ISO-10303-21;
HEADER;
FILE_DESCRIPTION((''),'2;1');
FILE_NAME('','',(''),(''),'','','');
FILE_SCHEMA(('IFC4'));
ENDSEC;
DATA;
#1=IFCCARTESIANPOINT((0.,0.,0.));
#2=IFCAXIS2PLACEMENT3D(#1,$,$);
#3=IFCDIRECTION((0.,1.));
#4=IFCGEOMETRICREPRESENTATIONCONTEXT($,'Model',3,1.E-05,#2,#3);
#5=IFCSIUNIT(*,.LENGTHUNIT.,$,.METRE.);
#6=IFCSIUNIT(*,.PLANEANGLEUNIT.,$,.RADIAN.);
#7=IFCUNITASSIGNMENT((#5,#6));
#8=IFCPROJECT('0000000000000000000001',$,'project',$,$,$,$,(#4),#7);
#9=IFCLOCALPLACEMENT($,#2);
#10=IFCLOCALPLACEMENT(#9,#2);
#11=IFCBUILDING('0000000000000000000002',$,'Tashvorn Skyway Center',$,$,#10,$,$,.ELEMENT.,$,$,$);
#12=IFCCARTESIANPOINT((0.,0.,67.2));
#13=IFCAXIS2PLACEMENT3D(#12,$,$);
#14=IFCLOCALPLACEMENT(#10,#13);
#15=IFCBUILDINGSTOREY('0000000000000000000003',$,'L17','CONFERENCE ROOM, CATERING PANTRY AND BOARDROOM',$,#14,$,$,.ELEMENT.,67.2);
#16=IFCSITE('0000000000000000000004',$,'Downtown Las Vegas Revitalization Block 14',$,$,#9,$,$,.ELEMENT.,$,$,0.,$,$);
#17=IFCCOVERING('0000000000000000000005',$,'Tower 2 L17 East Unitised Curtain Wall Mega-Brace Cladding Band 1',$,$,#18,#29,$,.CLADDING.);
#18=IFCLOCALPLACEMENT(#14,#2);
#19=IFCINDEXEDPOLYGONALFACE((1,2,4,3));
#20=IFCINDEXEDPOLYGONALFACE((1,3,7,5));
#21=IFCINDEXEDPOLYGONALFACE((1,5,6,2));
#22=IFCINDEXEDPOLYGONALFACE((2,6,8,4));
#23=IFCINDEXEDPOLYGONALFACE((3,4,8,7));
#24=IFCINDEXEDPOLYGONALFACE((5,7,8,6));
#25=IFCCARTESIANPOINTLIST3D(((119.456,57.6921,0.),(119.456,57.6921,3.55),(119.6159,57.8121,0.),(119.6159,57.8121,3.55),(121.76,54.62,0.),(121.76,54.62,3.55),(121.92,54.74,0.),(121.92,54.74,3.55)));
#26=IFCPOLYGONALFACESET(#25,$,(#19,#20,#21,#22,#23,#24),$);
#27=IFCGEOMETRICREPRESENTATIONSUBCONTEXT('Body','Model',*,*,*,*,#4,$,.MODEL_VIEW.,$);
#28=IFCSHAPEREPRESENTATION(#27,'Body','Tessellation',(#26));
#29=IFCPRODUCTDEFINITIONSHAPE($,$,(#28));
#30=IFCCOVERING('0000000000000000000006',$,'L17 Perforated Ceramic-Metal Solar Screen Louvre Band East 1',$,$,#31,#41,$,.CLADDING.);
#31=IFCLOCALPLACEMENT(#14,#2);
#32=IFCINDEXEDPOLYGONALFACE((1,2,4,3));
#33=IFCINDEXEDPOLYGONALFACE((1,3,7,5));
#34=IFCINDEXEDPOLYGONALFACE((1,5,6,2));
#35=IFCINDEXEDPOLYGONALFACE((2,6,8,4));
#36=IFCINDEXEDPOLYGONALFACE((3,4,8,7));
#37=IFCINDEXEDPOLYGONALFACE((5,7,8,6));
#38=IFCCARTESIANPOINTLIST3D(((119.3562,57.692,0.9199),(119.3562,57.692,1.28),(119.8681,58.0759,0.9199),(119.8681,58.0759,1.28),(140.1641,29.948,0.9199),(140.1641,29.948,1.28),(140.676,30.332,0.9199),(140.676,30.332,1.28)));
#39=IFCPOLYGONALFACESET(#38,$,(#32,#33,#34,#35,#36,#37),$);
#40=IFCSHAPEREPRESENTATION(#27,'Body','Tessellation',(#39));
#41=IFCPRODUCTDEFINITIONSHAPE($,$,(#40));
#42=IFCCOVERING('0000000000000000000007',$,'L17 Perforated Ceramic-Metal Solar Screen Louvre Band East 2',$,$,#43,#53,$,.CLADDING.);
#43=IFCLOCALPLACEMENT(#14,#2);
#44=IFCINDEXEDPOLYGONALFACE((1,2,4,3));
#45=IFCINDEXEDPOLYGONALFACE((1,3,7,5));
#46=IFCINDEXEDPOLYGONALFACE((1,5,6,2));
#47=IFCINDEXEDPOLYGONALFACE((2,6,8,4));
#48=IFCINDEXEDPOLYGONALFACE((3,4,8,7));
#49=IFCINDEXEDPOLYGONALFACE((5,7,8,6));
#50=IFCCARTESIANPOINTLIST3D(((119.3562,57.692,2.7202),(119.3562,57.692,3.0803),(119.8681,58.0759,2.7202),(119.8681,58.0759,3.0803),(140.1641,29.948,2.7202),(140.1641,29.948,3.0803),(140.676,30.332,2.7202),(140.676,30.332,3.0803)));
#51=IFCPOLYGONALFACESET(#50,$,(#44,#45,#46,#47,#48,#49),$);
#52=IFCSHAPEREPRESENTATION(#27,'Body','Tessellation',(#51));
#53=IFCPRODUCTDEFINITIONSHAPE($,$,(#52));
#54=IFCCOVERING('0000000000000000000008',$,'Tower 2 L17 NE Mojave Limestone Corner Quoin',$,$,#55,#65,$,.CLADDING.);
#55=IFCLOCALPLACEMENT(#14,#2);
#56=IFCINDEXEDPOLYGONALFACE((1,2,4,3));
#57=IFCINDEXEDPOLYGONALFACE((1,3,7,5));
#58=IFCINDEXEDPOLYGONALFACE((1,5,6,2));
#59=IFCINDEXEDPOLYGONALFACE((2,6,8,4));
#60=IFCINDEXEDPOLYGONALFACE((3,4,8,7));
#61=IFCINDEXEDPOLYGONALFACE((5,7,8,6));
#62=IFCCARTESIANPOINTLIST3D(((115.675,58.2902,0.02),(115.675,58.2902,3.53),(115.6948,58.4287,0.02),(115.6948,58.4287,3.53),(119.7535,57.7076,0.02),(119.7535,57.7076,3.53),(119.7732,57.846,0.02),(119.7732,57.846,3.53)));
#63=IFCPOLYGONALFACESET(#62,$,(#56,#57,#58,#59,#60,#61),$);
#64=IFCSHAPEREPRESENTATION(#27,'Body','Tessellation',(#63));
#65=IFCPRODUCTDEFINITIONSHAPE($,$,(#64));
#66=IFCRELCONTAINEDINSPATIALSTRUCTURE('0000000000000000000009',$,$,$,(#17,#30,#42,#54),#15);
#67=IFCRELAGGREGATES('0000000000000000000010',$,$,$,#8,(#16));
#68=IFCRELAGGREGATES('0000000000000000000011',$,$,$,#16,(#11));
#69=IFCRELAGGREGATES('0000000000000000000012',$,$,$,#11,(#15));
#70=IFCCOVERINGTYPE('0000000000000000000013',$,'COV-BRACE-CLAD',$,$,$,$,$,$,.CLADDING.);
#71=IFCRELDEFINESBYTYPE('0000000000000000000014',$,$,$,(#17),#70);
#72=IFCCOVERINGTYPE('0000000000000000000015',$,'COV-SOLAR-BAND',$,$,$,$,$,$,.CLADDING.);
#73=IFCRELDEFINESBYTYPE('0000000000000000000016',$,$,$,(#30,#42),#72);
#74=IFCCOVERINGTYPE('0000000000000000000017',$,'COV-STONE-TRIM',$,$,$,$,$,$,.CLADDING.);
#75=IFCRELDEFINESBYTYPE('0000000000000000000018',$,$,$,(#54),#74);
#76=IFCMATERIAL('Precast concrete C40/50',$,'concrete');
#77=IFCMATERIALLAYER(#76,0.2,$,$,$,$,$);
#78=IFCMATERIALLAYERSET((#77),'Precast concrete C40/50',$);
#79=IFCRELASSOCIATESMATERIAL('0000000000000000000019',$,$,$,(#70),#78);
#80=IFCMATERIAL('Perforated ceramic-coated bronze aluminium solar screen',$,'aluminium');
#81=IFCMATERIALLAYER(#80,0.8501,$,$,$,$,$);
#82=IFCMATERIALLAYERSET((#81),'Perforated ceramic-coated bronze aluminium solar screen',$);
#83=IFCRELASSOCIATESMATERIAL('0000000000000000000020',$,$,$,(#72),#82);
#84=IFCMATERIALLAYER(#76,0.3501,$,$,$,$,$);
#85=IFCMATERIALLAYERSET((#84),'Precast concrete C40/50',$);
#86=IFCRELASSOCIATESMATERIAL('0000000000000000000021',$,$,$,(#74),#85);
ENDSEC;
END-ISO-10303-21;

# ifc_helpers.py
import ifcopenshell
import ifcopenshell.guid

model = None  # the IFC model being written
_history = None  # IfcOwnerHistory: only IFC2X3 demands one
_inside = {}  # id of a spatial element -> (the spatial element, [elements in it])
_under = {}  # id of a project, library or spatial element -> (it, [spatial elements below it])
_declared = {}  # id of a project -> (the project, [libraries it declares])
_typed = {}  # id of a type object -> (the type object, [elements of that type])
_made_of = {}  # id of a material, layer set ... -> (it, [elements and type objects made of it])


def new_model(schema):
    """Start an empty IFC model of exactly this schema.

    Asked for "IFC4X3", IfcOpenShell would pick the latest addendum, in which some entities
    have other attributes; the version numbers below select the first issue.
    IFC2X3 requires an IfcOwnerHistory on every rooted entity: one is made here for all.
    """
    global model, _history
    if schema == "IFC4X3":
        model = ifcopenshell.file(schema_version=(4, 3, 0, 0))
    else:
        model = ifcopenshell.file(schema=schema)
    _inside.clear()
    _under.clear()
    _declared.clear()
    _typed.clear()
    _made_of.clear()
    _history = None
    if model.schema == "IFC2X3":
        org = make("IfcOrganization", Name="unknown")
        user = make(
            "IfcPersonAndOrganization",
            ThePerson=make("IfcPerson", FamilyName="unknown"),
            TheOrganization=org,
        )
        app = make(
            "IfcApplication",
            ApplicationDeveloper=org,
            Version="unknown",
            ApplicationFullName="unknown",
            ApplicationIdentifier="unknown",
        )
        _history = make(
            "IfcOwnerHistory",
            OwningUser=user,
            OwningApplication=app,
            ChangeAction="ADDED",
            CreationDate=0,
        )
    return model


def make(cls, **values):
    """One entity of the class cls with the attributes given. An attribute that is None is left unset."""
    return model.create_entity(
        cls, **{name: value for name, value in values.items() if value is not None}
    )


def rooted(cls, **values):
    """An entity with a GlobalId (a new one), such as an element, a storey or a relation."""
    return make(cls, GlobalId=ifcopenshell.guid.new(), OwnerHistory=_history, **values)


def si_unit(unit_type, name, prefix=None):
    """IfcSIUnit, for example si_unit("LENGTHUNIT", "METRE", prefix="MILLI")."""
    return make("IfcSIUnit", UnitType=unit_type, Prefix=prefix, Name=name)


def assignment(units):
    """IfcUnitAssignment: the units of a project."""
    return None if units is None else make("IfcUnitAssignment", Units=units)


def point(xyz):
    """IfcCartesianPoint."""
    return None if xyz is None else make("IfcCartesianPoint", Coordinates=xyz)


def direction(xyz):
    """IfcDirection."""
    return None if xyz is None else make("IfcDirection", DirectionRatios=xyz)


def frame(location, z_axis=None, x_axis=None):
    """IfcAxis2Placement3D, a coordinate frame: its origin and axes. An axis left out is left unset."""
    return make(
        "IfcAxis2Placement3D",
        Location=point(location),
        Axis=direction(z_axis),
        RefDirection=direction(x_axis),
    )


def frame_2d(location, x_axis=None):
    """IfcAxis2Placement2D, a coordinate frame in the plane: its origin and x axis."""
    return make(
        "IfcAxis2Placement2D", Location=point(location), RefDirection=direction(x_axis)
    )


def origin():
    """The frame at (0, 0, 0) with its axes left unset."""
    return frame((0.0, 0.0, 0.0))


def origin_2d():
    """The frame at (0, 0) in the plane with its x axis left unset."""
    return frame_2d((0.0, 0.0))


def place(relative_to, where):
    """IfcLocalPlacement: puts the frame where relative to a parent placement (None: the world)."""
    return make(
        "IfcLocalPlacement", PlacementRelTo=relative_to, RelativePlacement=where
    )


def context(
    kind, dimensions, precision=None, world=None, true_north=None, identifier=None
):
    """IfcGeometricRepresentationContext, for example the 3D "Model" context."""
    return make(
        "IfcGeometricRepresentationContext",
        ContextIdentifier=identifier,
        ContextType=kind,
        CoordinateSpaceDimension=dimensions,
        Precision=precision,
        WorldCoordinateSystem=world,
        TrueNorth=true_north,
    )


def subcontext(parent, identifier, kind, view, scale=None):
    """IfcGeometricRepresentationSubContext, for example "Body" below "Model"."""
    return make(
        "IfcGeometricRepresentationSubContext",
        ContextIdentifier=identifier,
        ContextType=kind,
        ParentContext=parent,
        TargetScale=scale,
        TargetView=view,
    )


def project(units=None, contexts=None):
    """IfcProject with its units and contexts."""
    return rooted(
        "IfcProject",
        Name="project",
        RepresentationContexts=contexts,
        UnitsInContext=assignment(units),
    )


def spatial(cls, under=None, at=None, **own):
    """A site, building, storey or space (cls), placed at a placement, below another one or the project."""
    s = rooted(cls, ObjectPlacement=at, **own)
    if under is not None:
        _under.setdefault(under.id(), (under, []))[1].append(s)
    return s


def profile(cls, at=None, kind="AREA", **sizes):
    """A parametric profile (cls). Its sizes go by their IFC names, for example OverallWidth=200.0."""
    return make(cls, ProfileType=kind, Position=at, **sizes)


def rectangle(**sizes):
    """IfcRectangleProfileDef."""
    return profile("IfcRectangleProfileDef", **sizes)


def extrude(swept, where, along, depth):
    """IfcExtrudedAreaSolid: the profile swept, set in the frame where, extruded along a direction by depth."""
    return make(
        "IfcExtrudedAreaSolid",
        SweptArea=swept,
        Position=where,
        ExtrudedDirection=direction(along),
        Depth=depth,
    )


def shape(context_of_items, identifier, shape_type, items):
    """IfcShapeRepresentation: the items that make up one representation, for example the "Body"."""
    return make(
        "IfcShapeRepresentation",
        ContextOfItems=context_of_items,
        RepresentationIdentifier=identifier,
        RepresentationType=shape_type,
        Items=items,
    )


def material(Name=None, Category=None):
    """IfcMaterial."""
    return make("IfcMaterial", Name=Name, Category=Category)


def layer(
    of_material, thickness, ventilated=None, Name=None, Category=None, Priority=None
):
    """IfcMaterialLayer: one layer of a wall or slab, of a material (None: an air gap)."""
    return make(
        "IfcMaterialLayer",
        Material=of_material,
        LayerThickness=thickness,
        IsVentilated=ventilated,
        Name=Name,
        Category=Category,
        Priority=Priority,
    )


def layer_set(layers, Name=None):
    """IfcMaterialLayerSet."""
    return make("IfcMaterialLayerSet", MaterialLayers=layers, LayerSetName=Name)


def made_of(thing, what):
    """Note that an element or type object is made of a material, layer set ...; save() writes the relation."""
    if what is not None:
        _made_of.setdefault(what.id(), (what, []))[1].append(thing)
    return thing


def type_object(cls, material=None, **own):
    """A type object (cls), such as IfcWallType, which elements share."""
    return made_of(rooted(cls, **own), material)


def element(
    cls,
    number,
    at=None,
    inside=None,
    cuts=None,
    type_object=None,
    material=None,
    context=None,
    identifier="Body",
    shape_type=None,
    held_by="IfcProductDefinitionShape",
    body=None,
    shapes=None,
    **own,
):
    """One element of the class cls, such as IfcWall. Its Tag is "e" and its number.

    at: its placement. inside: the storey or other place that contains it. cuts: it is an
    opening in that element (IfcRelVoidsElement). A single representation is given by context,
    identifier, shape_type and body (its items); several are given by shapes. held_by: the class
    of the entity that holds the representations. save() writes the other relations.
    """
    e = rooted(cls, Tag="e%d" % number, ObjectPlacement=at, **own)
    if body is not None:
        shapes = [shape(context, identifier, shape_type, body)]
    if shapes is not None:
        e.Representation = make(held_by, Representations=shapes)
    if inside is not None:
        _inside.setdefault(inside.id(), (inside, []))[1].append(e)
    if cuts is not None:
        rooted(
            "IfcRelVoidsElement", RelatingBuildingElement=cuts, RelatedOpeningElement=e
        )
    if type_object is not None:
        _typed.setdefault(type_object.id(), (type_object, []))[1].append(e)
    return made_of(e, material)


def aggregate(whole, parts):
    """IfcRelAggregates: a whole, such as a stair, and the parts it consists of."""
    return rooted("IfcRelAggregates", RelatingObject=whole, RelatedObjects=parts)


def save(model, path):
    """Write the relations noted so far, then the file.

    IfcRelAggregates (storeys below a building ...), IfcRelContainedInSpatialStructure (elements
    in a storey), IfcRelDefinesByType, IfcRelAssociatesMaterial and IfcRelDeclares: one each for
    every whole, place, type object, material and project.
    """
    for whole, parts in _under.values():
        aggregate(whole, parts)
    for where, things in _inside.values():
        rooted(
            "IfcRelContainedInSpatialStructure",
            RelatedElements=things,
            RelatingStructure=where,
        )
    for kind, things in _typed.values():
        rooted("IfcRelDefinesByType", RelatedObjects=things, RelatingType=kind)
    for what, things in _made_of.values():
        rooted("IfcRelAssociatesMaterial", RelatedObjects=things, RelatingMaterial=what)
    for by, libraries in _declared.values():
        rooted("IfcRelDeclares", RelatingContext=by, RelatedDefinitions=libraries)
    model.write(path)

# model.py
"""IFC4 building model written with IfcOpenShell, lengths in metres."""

from ifc_helpers import new_model, si_unit, direction, frame, origin, origin_2d, place, context, subcontext, project, spatial, rectangle, extrude, material, layer, layer_set, type_object, element, save


model = new_model("IFC4")

# Units and contexts
model_context = context("Model", 3, precision=1e-05, world=origin(), true_north=direction((0.0, 1.0)))
body_context = subcontext(model_context, "Body", "Model", "MODEL_VIEW")
ifc_project = project(units=[si_unit("LENGTHUNIT", "METRE"), si_unit("PLANEANGLEUNIT", "RADIAN")], contexts=[model_context])

# Site, building, storey
site_placement = place(None, origin())
site = spatial("IfcSite", under=ifc_project, at=site_placement, Name="Downtown Las Vegas Revitalization Block 14", CompositionType="ELEMENT", RefElevation=0.0)
building_placement = place(site_placement, origin())
building = spatial("IfcBuilding", under=site, at=building_placement, Name="Tashvorn Skyway Center", CompositionType="ELEMENT")
storey_placement = place(building_placement, frame((0.0, 0.0, 67.2)))
storey = spatial("IfcBuildingStorey", under=building, at=storey_placement, Name="L17", Description="CONFERENCE ROOM, CATERING PANTRY AND BOARDROOM", CompositionType="ELEMENT", Elevation=67.2)

# Shared definitions
ifc_material_1 = material(Name="Precast concrete C40/50", Category="concrete")

# Coverings
ifc_layer_1 = layer(ifc_material_1, 0.2)
ifc_layer_set_1 = layer_set([ifc_layer_1], Name="Precast concrete C40/50")
covering_type_1 = type_object("IfcCoveringType", Name="COV-BRACE-CLAD", PredefinedType="CLADDING", material=ifc_layer_set_1)
for number, where, z_axis, x_axis, name in (
    (1, (120.688, 56.2161, 0.0), (0.0, 0.0, 1.0), (0.6, -0.8, 0.0), "Tower 2 L17 East Unitised Curtain Wall Mega-Brace Cladding Band 1"),
):
    element("IfcCovering", number, at=place(storey_placement, frame(where, z_axis=z_axis, x_axis=x_axis)), inside=storey, type_object=covering_type_1, Name=name, PredefinedType="CLADDING", context=body_context, shape_type="SweptSolid", body=[
        extrude(rectangle(XDim=3.8401, YDim=0.2, at=origin_2d()), origin(), (0.0, 0.0, 1.0), 3.55),
    ])
ifc_material_2 = material(Name="Perforated ceramic-coated bronze aluminium solar screen", Category="aluminium")
ifc_layer_2 = layer(ifc_material_2, 0.8501)
ifc_layer_set_2 = layer_set([ifc_layer_2], Name="Perforated ceramic-coated bronze aluminium solar screen")
covering_type_2 = type_object("IfcCoveringType", Name="COV-SOLAR-BAND", PredefinedType="CLADDING", material=ifc_layer_set_2)
for number, where, z_axis, x_axis, name in (
    (2, (130.0161, 44.012, 0.9199), (0.0, 0.0, 1.0), (0.6, -0.8, 0.0), "L17 Perforated Ceramic-Metal Solar Screen Louvre Band East 1"),
    (3, (130.0161, 44.012, 2.7202), (0.0, 0.0, 1.0), (0.6, -0.8, 0.0), "L17 Perforated Ceramic-Metal Solar Screen Louvre Band East 2"),
):
    element("IfcCovering", number, at=place(storey_placement, frame(where, z_axis=z_axis, x_axis=x_axis)), inside=storey, type_object=covering_type_2, Name=name, PredefinedType="CLADDING", context=body_context, shape_type="SweptSolid", body=[
        extrude(rectangle(XDim=34.6799, YDim=0.6399, at=origin_2d()), origin(), (0.0, 0.0, 1.0), 0.3601),
    ])
ifc_layer_3 = layer(ifc_material_1, 0.3501)
ifc_layer_set_3 = layer_set([ifc_layer_3], Name="Precast concrete C40/50")
covering_type_3 = type_object("IfcCoveringType", Name="COV-STONE-TRIM", PredefinedType="CLADDING", material=ifc_layer_set_3)
covering_placement = place(storey_placement, frame((117.7241, 58.0681, 0.02), z_axis=(0.0, 0.0, 1.0), x_axis=(0.989949, -0.141421, 0.0)))
element("IfcCovering", 4, at=covering_placement, inside=storey, type_object=covering_type_3, Name="Tower 2 L17 NE Mojave Limestone Corner Quoin", PredefinedType="CLADDING", context=body_context, shape_type="SweptSolid", body=[
    extrude(rectangle(XDim=4.1199, YDim=0.1399, at=origin_2d()), origin(), (0.0, 0.0, 1.0), 3.51),
])

save(model, "model.ifc")
